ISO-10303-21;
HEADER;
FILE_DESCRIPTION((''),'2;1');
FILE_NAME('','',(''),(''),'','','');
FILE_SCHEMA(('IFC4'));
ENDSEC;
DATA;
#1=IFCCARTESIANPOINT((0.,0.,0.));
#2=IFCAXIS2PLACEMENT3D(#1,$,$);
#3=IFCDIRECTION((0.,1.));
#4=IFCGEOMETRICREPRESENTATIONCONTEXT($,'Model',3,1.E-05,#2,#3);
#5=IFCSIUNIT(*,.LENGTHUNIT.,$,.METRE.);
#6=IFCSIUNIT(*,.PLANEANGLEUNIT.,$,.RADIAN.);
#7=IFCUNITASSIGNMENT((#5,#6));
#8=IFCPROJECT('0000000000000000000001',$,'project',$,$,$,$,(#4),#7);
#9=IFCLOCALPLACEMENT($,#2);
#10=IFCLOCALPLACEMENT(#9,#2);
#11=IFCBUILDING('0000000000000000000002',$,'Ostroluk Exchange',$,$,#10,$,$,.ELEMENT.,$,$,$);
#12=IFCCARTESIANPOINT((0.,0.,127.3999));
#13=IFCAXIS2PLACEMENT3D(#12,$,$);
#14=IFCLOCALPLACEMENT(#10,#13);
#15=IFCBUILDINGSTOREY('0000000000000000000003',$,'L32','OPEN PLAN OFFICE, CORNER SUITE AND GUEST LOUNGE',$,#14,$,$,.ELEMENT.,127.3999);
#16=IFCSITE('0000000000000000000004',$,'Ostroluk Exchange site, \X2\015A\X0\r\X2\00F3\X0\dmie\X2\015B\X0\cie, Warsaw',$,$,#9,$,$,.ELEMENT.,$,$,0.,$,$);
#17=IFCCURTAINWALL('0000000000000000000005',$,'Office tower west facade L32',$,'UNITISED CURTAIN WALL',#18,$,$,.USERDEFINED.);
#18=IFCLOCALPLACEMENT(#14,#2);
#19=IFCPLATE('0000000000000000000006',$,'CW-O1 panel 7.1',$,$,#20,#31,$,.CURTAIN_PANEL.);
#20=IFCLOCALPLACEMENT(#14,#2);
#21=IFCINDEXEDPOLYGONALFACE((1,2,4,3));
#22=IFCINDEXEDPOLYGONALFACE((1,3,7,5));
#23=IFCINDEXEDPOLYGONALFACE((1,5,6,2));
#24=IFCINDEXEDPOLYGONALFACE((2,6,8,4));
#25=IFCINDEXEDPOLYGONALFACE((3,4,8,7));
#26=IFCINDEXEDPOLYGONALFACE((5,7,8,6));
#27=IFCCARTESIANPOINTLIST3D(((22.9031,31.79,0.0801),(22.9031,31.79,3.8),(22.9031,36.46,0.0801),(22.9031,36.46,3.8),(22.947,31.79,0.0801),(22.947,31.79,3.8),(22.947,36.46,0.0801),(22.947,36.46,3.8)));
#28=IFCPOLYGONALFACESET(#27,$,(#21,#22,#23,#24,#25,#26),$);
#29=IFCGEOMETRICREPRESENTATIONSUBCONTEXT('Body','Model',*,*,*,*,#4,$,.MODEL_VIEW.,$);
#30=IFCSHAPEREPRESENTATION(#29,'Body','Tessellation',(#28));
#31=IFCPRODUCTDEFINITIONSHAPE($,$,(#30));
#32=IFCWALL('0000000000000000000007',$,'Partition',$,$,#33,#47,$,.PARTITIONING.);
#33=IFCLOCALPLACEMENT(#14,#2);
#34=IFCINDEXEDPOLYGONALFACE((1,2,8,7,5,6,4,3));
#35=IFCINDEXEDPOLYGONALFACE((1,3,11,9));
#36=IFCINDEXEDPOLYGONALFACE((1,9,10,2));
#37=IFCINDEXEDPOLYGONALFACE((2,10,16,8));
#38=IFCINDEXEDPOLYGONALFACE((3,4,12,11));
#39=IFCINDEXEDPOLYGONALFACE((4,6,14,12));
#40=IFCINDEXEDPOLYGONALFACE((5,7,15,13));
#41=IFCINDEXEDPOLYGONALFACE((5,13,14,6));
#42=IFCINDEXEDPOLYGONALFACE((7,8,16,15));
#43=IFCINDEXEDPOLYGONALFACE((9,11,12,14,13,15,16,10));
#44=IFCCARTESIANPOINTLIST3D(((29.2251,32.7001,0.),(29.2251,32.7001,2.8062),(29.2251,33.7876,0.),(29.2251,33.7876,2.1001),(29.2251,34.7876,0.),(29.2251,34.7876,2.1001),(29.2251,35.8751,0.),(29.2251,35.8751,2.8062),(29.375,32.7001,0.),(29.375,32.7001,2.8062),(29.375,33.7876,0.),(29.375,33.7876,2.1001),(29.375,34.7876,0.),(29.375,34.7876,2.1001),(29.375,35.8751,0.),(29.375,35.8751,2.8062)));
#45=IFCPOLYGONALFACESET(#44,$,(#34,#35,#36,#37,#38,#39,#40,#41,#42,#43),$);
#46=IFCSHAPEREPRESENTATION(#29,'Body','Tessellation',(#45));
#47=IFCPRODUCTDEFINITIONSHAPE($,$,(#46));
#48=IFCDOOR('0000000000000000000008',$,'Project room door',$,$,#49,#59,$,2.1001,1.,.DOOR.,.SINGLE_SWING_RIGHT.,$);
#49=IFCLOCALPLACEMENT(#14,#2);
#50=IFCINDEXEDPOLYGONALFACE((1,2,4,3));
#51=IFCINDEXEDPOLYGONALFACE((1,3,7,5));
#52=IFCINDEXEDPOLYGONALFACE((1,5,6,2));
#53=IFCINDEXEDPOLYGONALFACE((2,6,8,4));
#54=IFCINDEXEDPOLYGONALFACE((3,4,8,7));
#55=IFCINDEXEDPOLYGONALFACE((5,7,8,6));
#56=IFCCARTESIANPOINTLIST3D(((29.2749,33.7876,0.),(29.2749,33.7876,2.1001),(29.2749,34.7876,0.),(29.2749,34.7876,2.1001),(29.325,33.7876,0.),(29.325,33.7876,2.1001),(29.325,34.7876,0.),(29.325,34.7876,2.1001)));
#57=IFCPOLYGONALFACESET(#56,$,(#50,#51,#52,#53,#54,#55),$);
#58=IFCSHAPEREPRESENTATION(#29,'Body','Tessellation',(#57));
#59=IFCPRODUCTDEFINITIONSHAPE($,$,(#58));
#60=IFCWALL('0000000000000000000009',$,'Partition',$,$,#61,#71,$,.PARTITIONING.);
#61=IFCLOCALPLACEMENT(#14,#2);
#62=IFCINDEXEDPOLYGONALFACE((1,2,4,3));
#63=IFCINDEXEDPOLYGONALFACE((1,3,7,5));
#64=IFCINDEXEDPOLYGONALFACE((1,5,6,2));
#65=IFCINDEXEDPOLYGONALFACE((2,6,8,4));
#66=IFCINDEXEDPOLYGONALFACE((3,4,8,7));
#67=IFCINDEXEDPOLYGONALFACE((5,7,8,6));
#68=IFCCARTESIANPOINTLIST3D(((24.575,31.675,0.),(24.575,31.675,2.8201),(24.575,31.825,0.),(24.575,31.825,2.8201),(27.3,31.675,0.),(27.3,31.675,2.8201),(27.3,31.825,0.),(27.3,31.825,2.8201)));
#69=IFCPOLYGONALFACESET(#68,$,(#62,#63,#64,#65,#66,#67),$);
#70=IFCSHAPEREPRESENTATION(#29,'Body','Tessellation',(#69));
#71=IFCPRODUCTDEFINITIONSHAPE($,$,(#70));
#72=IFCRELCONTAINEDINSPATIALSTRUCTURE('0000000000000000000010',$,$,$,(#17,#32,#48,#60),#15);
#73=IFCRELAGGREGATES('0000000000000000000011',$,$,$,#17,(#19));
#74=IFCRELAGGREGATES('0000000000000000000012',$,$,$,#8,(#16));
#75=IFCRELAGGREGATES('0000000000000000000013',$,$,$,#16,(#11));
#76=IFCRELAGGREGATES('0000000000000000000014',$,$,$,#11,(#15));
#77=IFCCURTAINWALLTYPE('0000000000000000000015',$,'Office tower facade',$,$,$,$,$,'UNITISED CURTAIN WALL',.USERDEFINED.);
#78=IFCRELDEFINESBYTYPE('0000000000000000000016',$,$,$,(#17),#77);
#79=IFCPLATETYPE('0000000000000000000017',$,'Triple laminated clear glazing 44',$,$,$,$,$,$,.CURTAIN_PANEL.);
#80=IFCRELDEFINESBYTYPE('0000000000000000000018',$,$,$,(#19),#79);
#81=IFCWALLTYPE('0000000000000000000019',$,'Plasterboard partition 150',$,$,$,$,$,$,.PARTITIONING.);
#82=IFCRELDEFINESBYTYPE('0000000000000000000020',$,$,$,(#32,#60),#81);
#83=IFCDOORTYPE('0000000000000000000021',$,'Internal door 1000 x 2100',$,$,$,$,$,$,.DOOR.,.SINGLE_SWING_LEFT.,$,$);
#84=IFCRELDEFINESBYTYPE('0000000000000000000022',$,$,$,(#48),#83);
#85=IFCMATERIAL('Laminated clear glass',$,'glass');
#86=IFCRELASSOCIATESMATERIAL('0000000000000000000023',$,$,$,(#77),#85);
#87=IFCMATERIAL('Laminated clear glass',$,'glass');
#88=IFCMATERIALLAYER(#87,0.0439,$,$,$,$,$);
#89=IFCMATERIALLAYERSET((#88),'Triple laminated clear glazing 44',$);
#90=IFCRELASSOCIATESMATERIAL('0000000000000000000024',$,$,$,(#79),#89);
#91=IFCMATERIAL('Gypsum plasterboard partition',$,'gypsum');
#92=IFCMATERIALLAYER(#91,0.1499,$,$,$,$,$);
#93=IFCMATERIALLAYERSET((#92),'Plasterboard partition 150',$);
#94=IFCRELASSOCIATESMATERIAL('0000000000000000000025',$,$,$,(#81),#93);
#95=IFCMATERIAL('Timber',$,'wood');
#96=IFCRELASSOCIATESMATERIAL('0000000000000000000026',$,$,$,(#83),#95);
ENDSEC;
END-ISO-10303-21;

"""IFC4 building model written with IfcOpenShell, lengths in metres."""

from ifc_helpers import new_model, si_unit, direction, frame, frame_2d, origin, origin_2d, place, context, subcontext, project, spatial, rectangle, extrude, material, layer, layer_set, type_object, element, fill, aggregate, save


model = new_model("IFC4")

# Units and contexts
model_context = context("Model", 3, precision=1e-05, world=origin(), true_north=direction((0.0, 1.0)))
body_context = subcontext(model_context, "Body", "Model", "MODEL_VIEW")
ifc_project = project(units=[si_unit("LENGTHUNIT", "METRE"), si_unit("PLANEANGLEUNIT", "RADIAN")], contexts=[model_context])

# Site, building, storey
site_placement = place(None, origin())
site = spatial("IfcSite", under=ifc_project, at=site_placement, Name="Ostroluk Exchange site, Śródmieście, Warsaw", CompositionType="ELEMENT", RefElevation=0.0)
building_placement = place(site_placement, origin())
building = spatial("IfcBuilding", under=site, at=building_placement, Name="Ostroluk Exchange", CompositionType="ELEMENT")
storey_placement = place(building_placement, frame((0.0, 0.0, 127.3999)))
storey = spatial("IfcBuildingStorey", under=building, at=storey_placement, Name="L32", Description="OPEN PLAN OFFICE, CORNER SUITE AND GUEST LOUNGE", CompositionType="ELEMENT", Elevation=127.3999)

# Curtain wall, plate
ifc_material_1 = material(Name="Laminated clear glass", Category="glass")
curtain_wall_type = type_object("IfcCurtainWallType", Name="Office tower facade", ElementType="UNITISED CURTAIN WALL", PredefinedType="USERDEFINED", material=ifc_material_1)
curtain_wall_placement = place(storey_placement, origin())
curtain_wall = element("IfcCurtainWall", 1, at=curtain_wall_placement, inside=storey, type_object=curtain_wall_type, Name="Office tower west facade L32", ObjectType="UNITISED CURTAIN WALL", PredefinedType="USERDEFINED")
ifc_material_2 = material(Name="Laminated clear glass", Category="glass")
ifc_layer_1 = layer(ifc_material_2, 0.0439)
ifc_layer_set_1 = layer_set([ifc_layer_1], Name="Triple laminated clear glazing 44")
plate_type = type_object("IfcPlateType", Name="Triple laminated clear glazing 44", PredefinedType="CURTAIN_PANEL", material=ifc_layer_set_1)
plate_placement = place(storey_placement, frame((22.925, 34.125, 0.0801), z_axis=(0.0, 0.0, 1.0), x_axis=(0.0, -1.0, 0.0)))
plate = element("IfcPlate", 2, at=plate_placement, type_object=plate_type, Name="CW-O1 panel 7.1", PredefinedType="CURTAIN_PANEL", context=body_context, shape_type="SweptSolid", body=[
    extrude(rectangle(XDim=4.6699, YDim=0.0439, at=origin_2d()), origin(), (0.0, 0.0, 1.0), 3.72),
])
aggregate(curtain_wall, [plate])

# Wall, opening, door
ifc_material_3 = material(Name="Gypsum plasterboard partition", Category="gypsum")
ifc_layer_2 = layer(ifc_material_3, 0.1499)
ifc_layer_set_2 = layer_set([ifc_layer_2], Name="Plasterboard partition 150")
wall_type = type_object("IfcWallType", Name="Plasterboard partition 150", PredefinedType="PARTITIONING", material=ifc_layer_set_2)
wall_1_placement = place(storey_placement, frame((29.3, 35.875, 0.0), z_axis=(0.0, 0.0, 1.0), x_axis=(0.0, -1.0, 0.0)))
wall_1 = element("IfcWall", 3, at=wall_1_placement, inside=storey, type_object=wall_type, Name="Partition", PredefinedType="PARTITIONING", context=body_context, shape_type="SweptSolid", body=[
    extrude(rectangle(XDim=3.175, YDim=0.1499, at=frame_2d((1.5874, 0.0))), origin(), (0.0, 0.0, 1.0), 2.8062),
])
opening_placement = place(wall_1_placement, frame((1.0874, 0.0, 0.0)))
opening = element("IfcOpeningElement", 4, at=opening_placement, cuts=wall_1, PredefinedType="OPENING", context=body_context, shape_type="SweptSolid", body=[
    extrude(rectangle(XDim=1.0, YDim=2.1001, at=frame_2d((0.5, 1.05))), frame((0.0, 0.085, 0.0), z_axis=(0.0, -1.0, 0.0), x_axis=(1.0, 0.0, 0.0)), (0.0, 0.0, 1.0), 0.1699),
])
ifc_material_4 = material(Name="Timber", Category="wood")
door_type = type_object("IfcDoorType", Name="Internal door 1000 x 2100", OperationType="SINGLE_SWING_LEFT", PredefinedType="DOOR", material=ifc_material_4)
door_placement = place(opening_placement, origin())
door = element("IfcDoor", 5, at=door_placement, inside=storey, type_object=door_type, Name="Project room door", OperationType="SINGLE_SWING_RIGHT", OverallHeight=2.1001, OverallWidth=1.0, PredefinedType="DOOR", context=body_context, shape_type="SweptSolid", body=[
    extrude(rectangle(XDim=1.0, YDim=2.1001, at=frame_2d((0.5, 1.05))), frame((0.0, 0.0249, 0.0), z_axis=(0.0, -1.0, 0.0), x_axis=(1.0, 0.0, 0.0)), (0.0, 0.0, 1.0), 0.05),
])
fill(opening, door)

# Wall
wall_2_placement = place(storey_placement, frame((27.3, 31.75, 0.0), z_axis=(0.0, 0.0, 1.0), x_axis=(-1.0, 0.0, 0.0)))
element("IfcWall", 6, at=wall_2_placement, inside=storey, type_object=wall_type, Name="Partition", PredefinedType="PARTITIONING", context=body_context, shape_type="SweptSolid", body=[
    extrude(rectangle(XDim=2.7251, YDim=0.1499, at=frame_2d((1.3625, 0.0))), origin(), (0.0, 0.0, 1.0), 2.8201),
])

save(model, "model.ifc")
